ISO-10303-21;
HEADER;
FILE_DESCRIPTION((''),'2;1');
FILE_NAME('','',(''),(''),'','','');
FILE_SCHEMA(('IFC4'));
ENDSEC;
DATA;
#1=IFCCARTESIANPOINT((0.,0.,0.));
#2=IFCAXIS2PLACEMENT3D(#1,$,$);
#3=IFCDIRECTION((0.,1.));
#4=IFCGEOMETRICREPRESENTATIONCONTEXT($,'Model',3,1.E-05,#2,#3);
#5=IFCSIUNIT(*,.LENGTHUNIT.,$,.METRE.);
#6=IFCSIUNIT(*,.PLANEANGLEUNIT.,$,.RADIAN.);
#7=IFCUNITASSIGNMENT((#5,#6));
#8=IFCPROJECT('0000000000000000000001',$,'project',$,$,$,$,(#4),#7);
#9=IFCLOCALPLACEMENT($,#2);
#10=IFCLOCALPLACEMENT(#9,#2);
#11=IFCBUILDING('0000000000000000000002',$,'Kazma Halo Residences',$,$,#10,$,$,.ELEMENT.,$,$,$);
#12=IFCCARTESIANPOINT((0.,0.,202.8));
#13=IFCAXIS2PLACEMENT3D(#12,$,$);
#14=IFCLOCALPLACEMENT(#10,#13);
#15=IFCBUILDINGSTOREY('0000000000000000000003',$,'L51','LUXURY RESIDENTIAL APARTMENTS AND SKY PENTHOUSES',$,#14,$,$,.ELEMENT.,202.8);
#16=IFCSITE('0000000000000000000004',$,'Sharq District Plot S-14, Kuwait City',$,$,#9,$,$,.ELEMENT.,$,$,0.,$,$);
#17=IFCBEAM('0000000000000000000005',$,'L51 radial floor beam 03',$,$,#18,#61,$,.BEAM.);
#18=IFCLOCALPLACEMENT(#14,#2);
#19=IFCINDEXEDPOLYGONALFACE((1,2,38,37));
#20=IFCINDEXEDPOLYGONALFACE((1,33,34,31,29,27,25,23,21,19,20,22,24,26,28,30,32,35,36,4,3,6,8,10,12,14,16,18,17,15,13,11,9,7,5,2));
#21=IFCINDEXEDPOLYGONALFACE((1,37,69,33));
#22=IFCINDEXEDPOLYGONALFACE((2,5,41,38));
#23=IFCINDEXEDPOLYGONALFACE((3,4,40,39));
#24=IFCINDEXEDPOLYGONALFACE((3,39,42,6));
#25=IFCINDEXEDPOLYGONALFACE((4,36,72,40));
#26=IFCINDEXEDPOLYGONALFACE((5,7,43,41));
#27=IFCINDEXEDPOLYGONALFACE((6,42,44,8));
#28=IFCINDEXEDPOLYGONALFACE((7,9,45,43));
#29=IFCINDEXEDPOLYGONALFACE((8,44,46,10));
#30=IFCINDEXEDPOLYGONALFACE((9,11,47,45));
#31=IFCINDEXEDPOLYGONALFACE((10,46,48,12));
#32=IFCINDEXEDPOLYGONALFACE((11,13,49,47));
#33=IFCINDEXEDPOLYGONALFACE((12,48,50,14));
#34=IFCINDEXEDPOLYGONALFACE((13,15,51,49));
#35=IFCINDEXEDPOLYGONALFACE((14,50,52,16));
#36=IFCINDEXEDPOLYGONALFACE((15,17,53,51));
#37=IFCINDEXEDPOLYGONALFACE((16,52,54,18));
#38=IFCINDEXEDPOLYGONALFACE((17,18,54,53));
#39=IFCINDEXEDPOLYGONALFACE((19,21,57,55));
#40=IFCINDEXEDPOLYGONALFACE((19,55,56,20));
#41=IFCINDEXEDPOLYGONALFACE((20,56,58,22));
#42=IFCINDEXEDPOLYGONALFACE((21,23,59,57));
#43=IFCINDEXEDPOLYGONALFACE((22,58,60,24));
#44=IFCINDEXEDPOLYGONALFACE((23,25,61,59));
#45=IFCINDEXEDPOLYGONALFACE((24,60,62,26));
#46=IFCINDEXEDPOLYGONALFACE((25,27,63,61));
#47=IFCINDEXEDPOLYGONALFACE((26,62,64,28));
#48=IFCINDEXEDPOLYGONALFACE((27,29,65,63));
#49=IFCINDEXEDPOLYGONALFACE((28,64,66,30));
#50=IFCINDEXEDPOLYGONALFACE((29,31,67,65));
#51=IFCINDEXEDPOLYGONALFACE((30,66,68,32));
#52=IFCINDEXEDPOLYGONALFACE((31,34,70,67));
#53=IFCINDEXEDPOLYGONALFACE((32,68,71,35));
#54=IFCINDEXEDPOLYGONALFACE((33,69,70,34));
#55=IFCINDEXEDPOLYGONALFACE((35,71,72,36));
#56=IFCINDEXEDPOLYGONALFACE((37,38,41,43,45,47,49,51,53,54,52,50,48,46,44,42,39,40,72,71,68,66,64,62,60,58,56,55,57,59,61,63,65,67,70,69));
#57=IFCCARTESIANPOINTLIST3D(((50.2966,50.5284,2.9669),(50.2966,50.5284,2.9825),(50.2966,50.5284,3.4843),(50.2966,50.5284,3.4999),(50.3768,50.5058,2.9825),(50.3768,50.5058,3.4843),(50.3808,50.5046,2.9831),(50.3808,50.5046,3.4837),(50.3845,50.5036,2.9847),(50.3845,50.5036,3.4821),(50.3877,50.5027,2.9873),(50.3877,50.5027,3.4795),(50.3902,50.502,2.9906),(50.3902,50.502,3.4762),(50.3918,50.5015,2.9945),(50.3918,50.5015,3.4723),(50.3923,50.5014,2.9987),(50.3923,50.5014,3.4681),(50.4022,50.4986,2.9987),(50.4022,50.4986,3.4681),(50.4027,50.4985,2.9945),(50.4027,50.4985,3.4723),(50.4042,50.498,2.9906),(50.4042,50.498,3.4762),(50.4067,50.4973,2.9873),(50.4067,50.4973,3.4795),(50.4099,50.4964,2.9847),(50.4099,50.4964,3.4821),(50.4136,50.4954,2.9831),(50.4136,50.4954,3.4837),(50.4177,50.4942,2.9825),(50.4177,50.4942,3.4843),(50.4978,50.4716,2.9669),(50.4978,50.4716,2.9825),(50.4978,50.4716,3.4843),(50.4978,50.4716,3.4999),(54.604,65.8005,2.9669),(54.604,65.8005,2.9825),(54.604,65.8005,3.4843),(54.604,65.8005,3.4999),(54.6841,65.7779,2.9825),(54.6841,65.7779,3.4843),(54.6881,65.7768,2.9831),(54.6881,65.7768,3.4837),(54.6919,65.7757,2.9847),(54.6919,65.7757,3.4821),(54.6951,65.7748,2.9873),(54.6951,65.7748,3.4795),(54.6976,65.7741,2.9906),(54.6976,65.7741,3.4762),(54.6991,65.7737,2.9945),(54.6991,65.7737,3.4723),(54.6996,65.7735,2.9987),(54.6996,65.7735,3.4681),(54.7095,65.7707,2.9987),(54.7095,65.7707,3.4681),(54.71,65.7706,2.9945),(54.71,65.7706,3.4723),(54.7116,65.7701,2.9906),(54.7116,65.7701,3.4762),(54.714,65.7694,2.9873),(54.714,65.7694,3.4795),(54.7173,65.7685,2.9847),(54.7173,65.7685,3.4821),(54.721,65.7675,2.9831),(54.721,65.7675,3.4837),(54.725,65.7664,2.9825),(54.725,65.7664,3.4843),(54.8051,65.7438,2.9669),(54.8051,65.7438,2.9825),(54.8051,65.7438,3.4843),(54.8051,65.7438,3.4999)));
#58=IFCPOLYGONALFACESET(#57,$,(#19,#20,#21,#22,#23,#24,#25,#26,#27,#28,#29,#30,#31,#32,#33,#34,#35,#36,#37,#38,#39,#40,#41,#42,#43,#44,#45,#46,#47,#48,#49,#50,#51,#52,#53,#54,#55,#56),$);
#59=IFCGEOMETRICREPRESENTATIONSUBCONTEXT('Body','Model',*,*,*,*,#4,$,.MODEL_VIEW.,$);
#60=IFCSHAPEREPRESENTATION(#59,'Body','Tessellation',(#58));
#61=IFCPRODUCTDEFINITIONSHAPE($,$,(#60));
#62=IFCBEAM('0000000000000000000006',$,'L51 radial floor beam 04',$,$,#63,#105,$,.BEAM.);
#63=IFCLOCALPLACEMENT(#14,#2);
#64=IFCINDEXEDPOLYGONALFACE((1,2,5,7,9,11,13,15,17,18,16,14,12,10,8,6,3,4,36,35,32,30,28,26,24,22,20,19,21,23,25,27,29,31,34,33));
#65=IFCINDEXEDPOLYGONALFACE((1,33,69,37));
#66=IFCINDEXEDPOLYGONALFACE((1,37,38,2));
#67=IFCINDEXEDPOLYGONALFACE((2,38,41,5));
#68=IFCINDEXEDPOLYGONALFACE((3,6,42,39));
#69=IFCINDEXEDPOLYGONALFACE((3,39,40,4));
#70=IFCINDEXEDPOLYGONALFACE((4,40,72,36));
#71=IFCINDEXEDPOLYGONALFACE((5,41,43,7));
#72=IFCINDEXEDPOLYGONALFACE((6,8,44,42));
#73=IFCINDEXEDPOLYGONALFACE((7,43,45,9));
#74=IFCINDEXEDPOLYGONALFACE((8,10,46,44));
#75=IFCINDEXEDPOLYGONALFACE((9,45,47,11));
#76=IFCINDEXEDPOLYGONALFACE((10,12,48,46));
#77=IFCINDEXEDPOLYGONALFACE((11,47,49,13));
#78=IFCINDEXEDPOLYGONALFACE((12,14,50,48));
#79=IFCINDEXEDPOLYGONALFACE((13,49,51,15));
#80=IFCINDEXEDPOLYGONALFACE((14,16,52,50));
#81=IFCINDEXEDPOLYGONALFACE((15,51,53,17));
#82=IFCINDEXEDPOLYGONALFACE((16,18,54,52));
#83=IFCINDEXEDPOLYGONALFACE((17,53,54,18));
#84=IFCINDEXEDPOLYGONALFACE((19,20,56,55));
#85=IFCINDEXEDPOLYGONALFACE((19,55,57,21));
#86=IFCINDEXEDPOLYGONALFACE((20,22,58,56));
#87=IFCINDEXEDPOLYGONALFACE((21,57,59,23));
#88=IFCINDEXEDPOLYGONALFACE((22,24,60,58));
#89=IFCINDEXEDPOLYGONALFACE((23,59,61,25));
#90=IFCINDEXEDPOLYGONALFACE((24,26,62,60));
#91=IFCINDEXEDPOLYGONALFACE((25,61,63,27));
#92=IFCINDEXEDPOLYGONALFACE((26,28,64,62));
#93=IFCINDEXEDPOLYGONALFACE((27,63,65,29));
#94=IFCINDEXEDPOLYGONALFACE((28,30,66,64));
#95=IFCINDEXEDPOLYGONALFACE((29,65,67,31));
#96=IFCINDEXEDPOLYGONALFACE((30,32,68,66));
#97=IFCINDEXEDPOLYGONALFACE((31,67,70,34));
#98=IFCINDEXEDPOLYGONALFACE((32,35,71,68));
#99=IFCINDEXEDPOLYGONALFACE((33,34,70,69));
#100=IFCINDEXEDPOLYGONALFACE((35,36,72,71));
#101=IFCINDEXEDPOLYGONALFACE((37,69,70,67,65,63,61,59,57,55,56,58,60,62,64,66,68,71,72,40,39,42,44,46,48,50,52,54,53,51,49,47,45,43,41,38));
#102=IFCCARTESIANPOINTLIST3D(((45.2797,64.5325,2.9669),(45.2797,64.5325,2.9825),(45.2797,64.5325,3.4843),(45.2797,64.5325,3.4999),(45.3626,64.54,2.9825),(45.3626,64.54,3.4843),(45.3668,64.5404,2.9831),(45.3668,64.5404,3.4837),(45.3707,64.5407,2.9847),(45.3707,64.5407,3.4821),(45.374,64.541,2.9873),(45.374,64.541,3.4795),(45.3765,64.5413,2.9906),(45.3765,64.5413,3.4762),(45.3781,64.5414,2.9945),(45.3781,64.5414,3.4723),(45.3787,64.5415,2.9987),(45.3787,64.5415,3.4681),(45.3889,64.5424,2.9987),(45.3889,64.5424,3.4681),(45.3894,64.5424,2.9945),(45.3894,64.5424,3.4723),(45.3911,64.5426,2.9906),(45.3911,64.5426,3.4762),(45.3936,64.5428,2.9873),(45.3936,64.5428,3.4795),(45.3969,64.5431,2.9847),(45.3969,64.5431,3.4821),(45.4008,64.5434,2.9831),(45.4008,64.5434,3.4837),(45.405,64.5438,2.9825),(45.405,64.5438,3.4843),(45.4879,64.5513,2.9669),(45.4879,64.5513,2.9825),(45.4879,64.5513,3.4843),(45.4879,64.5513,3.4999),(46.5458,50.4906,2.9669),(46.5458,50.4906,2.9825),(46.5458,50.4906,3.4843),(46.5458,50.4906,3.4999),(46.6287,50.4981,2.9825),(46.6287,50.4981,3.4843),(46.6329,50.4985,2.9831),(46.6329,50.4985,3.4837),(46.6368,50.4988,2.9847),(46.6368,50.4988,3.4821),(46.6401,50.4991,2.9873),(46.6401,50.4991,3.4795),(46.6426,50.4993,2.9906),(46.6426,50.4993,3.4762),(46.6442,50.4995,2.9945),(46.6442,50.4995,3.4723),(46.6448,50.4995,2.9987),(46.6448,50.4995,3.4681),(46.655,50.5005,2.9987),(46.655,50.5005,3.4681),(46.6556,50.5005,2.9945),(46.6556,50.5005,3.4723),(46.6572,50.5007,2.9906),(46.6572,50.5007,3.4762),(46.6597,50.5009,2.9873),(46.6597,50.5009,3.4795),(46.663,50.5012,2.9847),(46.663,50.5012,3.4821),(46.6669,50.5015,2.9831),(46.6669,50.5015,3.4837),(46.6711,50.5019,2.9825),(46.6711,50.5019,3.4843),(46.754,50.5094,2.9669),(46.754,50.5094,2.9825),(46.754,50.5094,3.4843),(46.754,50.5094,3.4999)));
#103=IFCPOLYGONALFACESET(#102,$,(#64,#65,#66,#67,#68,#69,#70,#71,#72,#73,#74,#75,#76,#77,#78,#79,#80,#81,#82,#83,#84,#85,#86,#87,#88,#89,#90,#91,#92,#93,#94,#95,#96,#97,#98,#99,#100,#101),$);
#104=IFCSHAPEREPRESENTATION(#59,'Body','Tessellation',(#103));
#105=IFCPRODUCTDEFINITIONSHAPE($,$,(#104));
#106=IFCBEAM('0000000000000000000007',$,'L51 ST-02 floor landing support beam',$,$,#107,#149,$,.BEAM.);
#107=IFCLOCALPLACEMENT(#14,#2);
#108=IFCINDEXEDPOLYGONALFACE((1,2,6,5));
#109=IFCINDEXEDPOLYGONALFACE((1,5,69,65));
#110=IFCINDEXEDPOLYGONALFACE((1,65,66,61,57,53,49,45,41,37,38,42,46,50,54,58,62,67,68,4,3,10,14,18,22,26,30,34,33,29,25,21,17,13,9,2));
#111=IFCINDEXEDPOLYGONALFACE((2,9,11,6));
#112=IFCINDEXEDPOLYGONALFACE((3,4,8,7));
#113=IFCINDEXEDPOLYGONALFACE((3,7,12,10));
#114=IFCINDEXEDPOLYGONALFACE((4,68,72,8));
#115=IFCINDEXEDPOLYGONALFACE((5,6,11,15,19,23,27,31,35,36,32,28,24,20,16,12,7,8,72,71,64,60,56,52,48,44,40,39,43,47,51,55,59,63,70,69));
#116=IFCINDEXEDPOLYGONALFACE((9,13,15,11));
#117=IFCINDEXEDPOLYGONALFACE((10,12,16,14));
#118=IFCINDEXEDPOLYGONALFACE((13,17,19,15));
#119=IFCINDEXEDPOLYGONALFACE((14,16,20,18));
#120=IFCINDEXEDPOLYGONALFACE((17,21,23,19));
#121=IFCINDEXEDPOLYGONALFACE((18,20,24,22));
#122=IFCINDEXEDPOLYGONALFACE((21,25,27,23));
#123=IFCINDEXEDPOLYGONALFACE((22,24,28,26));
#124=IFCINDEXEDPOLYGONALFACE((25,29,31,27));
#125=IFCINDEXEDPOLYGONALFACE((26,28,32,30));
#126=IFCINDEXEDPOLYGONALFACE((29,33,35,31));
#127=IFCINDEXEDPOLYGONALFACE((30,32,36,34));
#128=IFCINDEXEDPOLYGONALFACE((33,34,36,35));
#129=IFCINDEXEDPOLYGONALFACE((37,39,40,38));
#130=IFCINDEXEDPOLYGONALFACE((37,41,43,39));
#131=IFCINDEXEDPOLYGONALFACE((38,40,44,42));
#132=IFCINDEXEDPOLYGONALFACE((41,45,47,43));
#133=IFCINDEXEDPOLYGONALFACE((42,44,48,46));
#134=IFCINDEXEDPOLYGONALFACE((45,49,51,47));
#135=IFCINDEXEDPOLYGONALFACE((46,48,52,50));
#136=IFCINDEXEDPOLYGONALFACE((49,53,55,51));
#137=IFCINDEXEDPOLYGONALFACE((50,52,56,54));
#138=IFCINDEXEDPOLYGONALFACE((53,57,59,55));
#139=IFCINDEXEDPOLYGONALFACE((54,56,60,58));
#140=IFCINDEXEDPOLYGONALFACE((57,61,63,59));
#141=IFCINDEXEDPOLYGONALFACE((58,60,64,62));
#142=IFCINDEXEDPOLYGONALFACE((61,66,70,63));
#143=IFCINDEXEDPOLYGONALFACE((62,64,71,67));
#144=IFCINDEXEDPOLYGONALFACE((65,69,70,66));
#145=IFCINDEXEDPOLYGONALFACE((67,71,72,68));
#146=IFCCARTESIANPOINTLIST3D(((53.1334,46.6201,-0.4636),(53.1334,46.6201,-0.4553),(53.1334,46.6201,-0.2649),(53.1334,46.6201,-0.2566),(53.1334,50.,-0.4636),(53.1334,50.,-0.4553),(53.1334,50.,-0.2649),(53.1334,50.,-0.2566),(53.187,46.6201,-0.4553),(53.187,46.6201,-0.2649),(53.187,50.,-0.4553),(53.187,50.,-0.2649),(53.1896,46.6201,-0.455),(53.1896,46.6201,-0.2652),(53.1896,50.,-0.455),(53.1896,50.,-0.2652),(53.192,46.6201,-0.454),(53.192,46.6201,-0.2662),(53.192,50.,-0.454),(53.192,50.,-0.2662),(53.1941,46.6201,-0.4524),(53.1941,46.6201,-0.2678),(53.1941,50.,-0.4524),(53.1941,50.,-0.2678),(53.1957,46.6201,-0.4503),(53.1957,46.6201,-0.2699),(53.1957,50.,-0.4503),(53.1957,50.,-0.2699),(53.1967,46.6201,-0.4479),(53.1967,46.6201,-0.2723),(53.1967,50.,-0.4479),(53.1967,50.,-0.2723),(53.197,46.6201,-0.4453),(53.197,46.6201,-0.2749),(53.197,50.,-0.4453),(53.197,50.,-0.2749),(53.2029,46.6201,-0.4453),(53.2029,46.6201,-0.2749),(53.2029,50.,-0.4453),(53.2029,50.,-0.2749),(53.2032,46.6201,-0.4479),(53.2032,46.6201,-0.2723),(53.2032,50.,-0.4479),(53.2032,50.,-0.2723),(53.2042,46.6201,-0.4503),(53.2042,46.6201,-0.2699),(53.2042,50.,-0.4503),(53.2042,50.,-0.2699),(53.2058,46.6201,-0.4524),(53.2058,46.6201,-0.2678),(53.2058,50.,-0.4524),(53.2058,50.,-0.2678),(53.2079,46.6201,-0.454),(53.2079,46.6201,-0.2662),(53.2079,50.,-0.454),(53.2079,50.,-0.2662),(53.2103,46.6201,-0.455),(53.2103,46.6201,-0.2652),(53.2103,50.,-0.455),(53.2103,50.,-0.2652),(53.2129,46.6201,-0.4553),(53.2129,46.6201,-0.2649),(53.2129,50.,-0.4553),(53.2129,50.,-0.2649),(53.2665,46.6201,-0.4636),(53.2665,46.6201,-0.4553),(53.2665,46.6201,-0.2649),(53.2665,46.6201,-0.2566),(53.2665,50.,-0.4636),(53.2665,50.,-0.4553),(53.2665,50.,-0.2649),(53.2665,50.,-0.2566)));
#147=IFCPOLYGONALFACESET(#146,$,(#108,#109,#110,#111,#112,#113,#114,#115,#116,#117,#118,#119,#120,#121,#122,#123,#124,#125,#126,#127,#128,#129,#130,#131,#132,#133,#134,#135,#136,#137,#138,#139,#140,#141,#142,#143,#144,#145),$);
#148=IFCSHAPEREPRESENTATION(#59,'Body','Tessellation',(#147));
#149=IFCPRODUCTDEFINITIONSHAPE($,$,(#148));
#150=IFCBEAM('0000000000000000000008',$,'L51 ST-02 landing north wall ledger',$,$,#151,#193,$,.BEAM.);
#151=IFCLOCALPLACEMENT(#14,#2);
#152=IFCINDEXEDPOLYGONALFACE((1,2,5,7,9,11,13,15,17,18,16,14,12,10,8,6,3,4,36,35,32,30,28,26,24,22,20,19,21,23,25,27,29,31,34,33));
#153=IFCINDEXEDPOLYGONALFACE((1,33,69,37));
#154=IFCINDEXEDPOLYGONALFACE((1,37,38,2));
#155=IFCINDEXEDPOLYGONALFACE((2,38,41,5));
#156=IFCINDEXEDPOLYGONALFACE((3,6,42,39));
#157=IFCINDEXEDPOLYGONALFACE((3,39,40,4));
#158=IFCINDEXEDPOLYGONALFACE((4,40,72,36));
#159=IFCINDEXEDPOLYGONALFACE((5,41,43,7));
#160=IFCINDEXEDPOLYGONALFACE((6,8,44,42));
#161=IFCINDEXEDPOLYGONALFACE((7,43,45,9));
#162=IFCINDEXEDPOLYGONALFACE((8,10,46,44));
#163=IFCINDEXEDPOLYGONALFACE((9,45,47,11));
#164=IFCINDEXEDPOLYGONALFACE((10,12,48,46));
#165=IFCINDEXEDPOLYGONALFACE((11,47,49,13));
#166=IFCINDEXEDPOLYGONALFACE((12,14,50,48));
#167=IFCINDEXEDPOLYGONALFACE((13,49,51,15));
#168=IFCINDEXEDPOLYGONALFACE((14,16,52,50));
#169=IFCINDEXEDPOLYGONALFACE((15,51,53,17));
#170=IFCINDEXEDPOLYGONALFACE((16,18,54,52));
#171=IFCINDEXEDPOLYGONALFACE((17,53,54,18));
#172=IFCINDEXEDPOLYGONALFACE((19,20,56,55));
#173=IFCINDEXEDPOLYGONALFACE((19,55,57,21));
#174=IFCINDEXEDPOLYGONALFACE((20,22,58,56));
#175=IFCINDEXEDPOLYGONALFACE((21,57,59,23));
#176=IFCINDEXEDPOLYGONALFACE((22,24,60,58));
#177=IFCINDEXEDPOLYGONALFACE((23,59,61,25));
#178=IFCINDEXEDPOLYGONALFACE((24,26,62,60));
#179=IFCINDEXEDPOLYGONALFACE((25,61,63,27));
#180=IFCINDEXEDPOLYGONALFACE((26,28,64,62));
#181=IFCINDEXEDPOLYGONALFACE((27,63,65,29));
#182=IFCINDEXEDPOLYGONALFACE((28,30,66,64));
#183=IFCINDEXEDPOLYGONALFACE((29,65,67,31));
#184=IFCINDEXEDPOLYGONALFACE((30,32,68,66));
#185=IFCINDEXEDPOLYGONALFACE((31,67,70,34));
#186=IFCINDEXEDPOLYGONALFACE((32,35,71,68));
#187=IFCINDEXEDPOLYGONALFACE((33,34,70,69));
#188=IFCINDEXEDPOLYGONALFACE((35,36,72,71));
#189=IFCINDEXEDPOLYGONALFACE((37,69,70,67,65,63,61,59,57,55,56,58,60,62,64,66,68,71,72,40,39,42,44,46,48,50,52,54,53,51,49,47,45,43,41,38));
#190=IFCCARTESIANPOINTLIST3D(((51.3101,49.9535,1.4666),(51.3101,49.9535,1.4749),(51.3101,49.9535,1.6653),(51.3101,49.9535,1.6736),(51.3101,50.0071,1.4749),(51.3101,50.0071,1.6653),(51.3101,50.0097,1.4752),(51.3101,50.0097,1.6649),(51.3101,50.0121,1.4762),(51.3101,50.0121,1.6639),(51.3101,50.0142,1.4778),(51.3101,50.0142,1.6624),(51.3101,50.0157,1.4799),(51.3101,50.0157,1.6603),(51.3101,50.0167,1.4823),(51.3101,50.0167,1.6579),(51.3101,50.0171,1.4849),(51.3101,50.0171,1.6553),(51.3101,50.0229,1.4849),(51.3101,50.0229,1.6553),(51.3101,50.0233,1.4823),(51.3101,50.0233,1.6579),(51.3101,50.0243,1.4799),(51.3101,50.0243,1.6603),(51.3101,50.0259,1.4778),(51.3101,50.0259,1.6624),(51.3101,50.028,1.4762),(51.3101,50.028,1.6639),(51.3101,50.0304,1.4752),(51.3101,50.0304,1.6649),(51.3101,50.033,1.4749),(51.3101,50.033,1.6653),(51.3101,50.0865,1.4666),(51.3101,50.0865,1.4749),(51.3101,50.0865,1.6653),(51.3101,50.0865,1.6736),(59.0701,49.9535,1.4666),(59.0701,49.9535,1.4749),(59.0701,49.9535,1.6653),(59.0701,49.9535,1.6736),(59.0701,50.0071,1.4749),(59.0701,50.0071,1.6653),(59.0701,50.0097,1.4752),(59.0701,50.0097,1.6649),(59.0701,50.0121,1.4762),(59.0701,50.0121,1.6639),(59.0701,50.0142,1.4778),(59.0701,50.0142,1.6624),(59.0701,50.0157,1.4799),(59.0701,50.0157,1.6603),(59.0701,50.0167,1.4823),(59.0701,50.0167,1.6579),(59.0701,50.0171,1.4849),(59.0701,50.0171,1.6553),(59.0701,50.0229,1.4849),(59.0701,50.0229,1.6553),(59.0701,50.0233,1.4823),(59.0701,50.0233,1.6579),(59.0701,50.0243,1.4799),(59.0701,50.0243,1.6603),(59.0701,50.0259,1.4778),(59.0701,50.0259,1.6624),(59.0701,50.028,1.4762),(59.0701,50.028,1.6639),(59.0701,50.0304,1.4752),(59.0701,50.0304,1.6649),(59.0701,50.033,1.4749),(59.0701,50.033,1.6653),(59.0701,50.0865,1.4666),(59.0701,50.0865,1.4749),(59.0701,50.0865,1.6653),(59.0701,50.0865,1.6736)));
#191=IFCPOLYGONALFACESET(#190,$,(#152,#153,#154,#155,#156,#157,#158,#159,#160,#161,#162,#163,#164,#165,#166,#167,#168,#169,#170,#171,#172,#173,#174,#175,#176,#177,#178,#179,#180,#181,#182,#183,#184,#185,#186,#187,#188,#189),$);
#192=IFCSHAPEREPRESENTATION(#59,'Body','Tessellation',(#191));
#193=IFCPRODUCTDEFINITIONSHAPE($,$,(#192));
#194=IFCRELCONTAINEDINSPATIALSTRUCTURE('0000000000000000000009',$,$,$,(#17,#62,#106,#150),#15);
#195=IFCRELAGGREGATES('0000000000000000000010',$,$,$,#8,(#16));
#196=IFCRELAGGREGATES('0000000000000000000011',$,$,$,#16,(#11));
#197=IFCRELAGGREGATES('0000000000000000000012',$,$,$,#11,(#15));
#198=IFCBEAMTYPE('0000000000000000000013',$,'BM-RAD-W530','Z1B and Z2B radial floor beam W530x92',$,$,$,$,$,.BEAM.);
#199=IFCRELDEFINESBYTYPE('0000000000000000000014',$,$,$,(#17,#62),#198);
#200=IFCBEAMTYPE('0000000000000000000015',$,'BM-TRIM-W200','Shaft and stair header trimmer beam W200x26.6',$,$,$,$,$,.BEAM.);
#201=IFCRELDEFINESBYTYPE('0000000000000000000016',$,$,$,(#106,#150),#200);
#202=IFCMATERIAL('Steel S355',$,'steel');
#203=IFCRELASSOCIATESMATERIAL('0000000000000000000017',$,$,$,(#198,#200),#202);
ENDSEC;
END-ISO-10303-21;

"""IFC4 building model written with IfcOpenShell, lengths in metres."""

from ifc_helpers import new_model, si_unit, direction, frame, origin, origin_2d, place, context, subcontext, project, spatial, i_section, extrude, material, material_profile, profile_set, type_object, element, save


model = new_model("IFC4")

# Units and contexts
model_context = context("Model", 3, precision=1e-05, world=origin(), true_north=direction((0.0, 1.0)))
body_context = subcontext(model_context, "Body", "Model", "MODEL_VIEW")
ifc_project = project(units=[si_unit("LENGTHUNIT", "METRE"), si_unit("PLANEANGLEUNIT", "RADIAN")], contexts=[model_context])

# Site, building, storey
site_placement = place(None, origin())
site = spatial("IfcSite", under=ifc_project, at=site_placement, Name="Sharq District Plot S-14, Kuwait City", CompositionType="ELEMENT", RefElevation=0.0)
building_placement = place(site_placement, origin())
building = spatial("IfcBuilding", under=site, at=building_placement, Name="Kazma Halo Residences", CompositionType="ELEMENT")
storey_placement = place(building_placement, frame((0.0, 0.0, 202.8)))
storey = spatial("IfcBuildingStorey", under=building, at=storey_placement, Name="L51", Description="LUXURY RESIDENTIAL APARTMENTS AND SKY PENTHOUSES", CompositionType="ELEMENT", Elevation=202.8)

# Shared definitions
ifc_material_1 = material(Name="Steel S355", Category="steel")

# Beams
ifc_material_profile_1 = material_profile(ifc_material_1, i_section(OverallWidth=0.209, OverallDepth=0.533, WebThickness=0.0103, FlangeThickness=0.0156, FilletRadius=0.0161, at=origin_2d()), Name="W530x92")
ifc_profile_set_1 = profile_set([ifc_material_profile_1], Name="Steel S355")
beam_type_1 = type_object("IfcBeamType", Name="BM-RAD-W530", Description="Z1B and Z2B radial floor beam W530x92", PredefinedType="BEAM", material=ifc_profile_set_1)
beam_1_placement = place(storey_placement, frame((50.3972, 50.5, 3.2334), z_axis=(0.27145, 0.962453, 0.0), x_axis=(-0.962453, 0.27145, 0.0)))
element("IfcBeam", 1, at=beam_1_placement, inside=storey, type_object=beam_type_1, Name="L51 radial floor beam 03", PredefinedType="BEAM", context=body_context, shape_type="SweptSolid", body=[
    extrude(i_section(OverallWidth=0.209, OverallDepth=0.533, WebThickness=0.0103, FlangeThickness=0.0156, FilletRadius=0.0161, at=origin_2d()), origin(), (0.0, 0.0, 1.0), 15.8679),
])
beam_2_placement = place(storey_placement, frame((46.6499, 50.5, 3.2334), z_axis=(-0.089802, 0.99596, 0.0), x_axis=(-0.99596, -0.089802, 0.0)))
element("IfcBeam", 2, at=beam_2_placement, inside=storey, type_object=beam_type_1, Name="L51 radial floor beam 04", PredefinedType="BEAM", context=body_context, shape_type="SweptSolid", body=[
    extrude(i_section(OverallWidth=0.209, OverallDepth=0.533, WebThickness=0.0103, FlangeThickness=0.0156, FilletRadius=0.0161, at=origin_2d()), origin(), (0.0, 0.0, 1.0), 14.0989),
])
ifc_material_profile_2 = material_profile(ifc_material_1, i_section(OverallWidth=0.1331, OverallDepth=0.207, WebThickness=0.0059, FlangeThickness=0.0083, FilletRadius=0.01, at=origin_2d()), Name="W200x26.6")
ifc_profile_set_2 = profile_set([ifc_material_profile_2], Name="Steel S355")
beam_type_2 = type_object("IfcBeamType", Name="BM-TRIM-W200", Description="Shaft and stair header trimmer beam W200x26.6", PredefinedType="BEAM", material=ifc_profile_set_2)
beam_3_placement = place(storey_placement, frame((53.2, 46.6201, -0.3601), z_axis=(0.0, 1.0, 0.0), x_axis=(-1.0, 0.0, 0.0)))
element("IfcBeam", 3, at=beam_3_placement, inside=storey, type_object=beam_type_2, Name="L51 ST-02 floor landing support beam", PredefinedType="BEAM", context=body_context, shape_type="SweptSolid", body=[
    extrude(i_section(OverallWidth=0.1331, OverallDepth=0.207, WebThickness=0.0059, FlangeThickness=0.0083, FilletRadius=0.01, at=origin_2d()), origin(), (0.0, 0.0, 1.0), 3.3799),
])
beam_4_placement = place(storey_placement, frame((51.3101, 50.02, 1.5701), z_axis=(1.0, 0.0, 0.0), x_axis=(0.0, 1.0, 0.0)))
element("IfcBeam", 4, at=beam_4_placement, inside=storey, type_object=beam_type_2, Name="L51 ST-02 landing north wall ledger", PredefinedType="BEAM", context=body_context, shape_type="SweptSolid", body=[
    extrude(i_section(OverallWidth=0.1331, OverallDepth=0.207, WebThickness=0.0059, FlangeThickness=0.0083, FilletRadius=0.01, at=origin_2d()), origin(), (0.0, 0.0, 1.0), 7.76),
])

save(model, "model.ifc")
